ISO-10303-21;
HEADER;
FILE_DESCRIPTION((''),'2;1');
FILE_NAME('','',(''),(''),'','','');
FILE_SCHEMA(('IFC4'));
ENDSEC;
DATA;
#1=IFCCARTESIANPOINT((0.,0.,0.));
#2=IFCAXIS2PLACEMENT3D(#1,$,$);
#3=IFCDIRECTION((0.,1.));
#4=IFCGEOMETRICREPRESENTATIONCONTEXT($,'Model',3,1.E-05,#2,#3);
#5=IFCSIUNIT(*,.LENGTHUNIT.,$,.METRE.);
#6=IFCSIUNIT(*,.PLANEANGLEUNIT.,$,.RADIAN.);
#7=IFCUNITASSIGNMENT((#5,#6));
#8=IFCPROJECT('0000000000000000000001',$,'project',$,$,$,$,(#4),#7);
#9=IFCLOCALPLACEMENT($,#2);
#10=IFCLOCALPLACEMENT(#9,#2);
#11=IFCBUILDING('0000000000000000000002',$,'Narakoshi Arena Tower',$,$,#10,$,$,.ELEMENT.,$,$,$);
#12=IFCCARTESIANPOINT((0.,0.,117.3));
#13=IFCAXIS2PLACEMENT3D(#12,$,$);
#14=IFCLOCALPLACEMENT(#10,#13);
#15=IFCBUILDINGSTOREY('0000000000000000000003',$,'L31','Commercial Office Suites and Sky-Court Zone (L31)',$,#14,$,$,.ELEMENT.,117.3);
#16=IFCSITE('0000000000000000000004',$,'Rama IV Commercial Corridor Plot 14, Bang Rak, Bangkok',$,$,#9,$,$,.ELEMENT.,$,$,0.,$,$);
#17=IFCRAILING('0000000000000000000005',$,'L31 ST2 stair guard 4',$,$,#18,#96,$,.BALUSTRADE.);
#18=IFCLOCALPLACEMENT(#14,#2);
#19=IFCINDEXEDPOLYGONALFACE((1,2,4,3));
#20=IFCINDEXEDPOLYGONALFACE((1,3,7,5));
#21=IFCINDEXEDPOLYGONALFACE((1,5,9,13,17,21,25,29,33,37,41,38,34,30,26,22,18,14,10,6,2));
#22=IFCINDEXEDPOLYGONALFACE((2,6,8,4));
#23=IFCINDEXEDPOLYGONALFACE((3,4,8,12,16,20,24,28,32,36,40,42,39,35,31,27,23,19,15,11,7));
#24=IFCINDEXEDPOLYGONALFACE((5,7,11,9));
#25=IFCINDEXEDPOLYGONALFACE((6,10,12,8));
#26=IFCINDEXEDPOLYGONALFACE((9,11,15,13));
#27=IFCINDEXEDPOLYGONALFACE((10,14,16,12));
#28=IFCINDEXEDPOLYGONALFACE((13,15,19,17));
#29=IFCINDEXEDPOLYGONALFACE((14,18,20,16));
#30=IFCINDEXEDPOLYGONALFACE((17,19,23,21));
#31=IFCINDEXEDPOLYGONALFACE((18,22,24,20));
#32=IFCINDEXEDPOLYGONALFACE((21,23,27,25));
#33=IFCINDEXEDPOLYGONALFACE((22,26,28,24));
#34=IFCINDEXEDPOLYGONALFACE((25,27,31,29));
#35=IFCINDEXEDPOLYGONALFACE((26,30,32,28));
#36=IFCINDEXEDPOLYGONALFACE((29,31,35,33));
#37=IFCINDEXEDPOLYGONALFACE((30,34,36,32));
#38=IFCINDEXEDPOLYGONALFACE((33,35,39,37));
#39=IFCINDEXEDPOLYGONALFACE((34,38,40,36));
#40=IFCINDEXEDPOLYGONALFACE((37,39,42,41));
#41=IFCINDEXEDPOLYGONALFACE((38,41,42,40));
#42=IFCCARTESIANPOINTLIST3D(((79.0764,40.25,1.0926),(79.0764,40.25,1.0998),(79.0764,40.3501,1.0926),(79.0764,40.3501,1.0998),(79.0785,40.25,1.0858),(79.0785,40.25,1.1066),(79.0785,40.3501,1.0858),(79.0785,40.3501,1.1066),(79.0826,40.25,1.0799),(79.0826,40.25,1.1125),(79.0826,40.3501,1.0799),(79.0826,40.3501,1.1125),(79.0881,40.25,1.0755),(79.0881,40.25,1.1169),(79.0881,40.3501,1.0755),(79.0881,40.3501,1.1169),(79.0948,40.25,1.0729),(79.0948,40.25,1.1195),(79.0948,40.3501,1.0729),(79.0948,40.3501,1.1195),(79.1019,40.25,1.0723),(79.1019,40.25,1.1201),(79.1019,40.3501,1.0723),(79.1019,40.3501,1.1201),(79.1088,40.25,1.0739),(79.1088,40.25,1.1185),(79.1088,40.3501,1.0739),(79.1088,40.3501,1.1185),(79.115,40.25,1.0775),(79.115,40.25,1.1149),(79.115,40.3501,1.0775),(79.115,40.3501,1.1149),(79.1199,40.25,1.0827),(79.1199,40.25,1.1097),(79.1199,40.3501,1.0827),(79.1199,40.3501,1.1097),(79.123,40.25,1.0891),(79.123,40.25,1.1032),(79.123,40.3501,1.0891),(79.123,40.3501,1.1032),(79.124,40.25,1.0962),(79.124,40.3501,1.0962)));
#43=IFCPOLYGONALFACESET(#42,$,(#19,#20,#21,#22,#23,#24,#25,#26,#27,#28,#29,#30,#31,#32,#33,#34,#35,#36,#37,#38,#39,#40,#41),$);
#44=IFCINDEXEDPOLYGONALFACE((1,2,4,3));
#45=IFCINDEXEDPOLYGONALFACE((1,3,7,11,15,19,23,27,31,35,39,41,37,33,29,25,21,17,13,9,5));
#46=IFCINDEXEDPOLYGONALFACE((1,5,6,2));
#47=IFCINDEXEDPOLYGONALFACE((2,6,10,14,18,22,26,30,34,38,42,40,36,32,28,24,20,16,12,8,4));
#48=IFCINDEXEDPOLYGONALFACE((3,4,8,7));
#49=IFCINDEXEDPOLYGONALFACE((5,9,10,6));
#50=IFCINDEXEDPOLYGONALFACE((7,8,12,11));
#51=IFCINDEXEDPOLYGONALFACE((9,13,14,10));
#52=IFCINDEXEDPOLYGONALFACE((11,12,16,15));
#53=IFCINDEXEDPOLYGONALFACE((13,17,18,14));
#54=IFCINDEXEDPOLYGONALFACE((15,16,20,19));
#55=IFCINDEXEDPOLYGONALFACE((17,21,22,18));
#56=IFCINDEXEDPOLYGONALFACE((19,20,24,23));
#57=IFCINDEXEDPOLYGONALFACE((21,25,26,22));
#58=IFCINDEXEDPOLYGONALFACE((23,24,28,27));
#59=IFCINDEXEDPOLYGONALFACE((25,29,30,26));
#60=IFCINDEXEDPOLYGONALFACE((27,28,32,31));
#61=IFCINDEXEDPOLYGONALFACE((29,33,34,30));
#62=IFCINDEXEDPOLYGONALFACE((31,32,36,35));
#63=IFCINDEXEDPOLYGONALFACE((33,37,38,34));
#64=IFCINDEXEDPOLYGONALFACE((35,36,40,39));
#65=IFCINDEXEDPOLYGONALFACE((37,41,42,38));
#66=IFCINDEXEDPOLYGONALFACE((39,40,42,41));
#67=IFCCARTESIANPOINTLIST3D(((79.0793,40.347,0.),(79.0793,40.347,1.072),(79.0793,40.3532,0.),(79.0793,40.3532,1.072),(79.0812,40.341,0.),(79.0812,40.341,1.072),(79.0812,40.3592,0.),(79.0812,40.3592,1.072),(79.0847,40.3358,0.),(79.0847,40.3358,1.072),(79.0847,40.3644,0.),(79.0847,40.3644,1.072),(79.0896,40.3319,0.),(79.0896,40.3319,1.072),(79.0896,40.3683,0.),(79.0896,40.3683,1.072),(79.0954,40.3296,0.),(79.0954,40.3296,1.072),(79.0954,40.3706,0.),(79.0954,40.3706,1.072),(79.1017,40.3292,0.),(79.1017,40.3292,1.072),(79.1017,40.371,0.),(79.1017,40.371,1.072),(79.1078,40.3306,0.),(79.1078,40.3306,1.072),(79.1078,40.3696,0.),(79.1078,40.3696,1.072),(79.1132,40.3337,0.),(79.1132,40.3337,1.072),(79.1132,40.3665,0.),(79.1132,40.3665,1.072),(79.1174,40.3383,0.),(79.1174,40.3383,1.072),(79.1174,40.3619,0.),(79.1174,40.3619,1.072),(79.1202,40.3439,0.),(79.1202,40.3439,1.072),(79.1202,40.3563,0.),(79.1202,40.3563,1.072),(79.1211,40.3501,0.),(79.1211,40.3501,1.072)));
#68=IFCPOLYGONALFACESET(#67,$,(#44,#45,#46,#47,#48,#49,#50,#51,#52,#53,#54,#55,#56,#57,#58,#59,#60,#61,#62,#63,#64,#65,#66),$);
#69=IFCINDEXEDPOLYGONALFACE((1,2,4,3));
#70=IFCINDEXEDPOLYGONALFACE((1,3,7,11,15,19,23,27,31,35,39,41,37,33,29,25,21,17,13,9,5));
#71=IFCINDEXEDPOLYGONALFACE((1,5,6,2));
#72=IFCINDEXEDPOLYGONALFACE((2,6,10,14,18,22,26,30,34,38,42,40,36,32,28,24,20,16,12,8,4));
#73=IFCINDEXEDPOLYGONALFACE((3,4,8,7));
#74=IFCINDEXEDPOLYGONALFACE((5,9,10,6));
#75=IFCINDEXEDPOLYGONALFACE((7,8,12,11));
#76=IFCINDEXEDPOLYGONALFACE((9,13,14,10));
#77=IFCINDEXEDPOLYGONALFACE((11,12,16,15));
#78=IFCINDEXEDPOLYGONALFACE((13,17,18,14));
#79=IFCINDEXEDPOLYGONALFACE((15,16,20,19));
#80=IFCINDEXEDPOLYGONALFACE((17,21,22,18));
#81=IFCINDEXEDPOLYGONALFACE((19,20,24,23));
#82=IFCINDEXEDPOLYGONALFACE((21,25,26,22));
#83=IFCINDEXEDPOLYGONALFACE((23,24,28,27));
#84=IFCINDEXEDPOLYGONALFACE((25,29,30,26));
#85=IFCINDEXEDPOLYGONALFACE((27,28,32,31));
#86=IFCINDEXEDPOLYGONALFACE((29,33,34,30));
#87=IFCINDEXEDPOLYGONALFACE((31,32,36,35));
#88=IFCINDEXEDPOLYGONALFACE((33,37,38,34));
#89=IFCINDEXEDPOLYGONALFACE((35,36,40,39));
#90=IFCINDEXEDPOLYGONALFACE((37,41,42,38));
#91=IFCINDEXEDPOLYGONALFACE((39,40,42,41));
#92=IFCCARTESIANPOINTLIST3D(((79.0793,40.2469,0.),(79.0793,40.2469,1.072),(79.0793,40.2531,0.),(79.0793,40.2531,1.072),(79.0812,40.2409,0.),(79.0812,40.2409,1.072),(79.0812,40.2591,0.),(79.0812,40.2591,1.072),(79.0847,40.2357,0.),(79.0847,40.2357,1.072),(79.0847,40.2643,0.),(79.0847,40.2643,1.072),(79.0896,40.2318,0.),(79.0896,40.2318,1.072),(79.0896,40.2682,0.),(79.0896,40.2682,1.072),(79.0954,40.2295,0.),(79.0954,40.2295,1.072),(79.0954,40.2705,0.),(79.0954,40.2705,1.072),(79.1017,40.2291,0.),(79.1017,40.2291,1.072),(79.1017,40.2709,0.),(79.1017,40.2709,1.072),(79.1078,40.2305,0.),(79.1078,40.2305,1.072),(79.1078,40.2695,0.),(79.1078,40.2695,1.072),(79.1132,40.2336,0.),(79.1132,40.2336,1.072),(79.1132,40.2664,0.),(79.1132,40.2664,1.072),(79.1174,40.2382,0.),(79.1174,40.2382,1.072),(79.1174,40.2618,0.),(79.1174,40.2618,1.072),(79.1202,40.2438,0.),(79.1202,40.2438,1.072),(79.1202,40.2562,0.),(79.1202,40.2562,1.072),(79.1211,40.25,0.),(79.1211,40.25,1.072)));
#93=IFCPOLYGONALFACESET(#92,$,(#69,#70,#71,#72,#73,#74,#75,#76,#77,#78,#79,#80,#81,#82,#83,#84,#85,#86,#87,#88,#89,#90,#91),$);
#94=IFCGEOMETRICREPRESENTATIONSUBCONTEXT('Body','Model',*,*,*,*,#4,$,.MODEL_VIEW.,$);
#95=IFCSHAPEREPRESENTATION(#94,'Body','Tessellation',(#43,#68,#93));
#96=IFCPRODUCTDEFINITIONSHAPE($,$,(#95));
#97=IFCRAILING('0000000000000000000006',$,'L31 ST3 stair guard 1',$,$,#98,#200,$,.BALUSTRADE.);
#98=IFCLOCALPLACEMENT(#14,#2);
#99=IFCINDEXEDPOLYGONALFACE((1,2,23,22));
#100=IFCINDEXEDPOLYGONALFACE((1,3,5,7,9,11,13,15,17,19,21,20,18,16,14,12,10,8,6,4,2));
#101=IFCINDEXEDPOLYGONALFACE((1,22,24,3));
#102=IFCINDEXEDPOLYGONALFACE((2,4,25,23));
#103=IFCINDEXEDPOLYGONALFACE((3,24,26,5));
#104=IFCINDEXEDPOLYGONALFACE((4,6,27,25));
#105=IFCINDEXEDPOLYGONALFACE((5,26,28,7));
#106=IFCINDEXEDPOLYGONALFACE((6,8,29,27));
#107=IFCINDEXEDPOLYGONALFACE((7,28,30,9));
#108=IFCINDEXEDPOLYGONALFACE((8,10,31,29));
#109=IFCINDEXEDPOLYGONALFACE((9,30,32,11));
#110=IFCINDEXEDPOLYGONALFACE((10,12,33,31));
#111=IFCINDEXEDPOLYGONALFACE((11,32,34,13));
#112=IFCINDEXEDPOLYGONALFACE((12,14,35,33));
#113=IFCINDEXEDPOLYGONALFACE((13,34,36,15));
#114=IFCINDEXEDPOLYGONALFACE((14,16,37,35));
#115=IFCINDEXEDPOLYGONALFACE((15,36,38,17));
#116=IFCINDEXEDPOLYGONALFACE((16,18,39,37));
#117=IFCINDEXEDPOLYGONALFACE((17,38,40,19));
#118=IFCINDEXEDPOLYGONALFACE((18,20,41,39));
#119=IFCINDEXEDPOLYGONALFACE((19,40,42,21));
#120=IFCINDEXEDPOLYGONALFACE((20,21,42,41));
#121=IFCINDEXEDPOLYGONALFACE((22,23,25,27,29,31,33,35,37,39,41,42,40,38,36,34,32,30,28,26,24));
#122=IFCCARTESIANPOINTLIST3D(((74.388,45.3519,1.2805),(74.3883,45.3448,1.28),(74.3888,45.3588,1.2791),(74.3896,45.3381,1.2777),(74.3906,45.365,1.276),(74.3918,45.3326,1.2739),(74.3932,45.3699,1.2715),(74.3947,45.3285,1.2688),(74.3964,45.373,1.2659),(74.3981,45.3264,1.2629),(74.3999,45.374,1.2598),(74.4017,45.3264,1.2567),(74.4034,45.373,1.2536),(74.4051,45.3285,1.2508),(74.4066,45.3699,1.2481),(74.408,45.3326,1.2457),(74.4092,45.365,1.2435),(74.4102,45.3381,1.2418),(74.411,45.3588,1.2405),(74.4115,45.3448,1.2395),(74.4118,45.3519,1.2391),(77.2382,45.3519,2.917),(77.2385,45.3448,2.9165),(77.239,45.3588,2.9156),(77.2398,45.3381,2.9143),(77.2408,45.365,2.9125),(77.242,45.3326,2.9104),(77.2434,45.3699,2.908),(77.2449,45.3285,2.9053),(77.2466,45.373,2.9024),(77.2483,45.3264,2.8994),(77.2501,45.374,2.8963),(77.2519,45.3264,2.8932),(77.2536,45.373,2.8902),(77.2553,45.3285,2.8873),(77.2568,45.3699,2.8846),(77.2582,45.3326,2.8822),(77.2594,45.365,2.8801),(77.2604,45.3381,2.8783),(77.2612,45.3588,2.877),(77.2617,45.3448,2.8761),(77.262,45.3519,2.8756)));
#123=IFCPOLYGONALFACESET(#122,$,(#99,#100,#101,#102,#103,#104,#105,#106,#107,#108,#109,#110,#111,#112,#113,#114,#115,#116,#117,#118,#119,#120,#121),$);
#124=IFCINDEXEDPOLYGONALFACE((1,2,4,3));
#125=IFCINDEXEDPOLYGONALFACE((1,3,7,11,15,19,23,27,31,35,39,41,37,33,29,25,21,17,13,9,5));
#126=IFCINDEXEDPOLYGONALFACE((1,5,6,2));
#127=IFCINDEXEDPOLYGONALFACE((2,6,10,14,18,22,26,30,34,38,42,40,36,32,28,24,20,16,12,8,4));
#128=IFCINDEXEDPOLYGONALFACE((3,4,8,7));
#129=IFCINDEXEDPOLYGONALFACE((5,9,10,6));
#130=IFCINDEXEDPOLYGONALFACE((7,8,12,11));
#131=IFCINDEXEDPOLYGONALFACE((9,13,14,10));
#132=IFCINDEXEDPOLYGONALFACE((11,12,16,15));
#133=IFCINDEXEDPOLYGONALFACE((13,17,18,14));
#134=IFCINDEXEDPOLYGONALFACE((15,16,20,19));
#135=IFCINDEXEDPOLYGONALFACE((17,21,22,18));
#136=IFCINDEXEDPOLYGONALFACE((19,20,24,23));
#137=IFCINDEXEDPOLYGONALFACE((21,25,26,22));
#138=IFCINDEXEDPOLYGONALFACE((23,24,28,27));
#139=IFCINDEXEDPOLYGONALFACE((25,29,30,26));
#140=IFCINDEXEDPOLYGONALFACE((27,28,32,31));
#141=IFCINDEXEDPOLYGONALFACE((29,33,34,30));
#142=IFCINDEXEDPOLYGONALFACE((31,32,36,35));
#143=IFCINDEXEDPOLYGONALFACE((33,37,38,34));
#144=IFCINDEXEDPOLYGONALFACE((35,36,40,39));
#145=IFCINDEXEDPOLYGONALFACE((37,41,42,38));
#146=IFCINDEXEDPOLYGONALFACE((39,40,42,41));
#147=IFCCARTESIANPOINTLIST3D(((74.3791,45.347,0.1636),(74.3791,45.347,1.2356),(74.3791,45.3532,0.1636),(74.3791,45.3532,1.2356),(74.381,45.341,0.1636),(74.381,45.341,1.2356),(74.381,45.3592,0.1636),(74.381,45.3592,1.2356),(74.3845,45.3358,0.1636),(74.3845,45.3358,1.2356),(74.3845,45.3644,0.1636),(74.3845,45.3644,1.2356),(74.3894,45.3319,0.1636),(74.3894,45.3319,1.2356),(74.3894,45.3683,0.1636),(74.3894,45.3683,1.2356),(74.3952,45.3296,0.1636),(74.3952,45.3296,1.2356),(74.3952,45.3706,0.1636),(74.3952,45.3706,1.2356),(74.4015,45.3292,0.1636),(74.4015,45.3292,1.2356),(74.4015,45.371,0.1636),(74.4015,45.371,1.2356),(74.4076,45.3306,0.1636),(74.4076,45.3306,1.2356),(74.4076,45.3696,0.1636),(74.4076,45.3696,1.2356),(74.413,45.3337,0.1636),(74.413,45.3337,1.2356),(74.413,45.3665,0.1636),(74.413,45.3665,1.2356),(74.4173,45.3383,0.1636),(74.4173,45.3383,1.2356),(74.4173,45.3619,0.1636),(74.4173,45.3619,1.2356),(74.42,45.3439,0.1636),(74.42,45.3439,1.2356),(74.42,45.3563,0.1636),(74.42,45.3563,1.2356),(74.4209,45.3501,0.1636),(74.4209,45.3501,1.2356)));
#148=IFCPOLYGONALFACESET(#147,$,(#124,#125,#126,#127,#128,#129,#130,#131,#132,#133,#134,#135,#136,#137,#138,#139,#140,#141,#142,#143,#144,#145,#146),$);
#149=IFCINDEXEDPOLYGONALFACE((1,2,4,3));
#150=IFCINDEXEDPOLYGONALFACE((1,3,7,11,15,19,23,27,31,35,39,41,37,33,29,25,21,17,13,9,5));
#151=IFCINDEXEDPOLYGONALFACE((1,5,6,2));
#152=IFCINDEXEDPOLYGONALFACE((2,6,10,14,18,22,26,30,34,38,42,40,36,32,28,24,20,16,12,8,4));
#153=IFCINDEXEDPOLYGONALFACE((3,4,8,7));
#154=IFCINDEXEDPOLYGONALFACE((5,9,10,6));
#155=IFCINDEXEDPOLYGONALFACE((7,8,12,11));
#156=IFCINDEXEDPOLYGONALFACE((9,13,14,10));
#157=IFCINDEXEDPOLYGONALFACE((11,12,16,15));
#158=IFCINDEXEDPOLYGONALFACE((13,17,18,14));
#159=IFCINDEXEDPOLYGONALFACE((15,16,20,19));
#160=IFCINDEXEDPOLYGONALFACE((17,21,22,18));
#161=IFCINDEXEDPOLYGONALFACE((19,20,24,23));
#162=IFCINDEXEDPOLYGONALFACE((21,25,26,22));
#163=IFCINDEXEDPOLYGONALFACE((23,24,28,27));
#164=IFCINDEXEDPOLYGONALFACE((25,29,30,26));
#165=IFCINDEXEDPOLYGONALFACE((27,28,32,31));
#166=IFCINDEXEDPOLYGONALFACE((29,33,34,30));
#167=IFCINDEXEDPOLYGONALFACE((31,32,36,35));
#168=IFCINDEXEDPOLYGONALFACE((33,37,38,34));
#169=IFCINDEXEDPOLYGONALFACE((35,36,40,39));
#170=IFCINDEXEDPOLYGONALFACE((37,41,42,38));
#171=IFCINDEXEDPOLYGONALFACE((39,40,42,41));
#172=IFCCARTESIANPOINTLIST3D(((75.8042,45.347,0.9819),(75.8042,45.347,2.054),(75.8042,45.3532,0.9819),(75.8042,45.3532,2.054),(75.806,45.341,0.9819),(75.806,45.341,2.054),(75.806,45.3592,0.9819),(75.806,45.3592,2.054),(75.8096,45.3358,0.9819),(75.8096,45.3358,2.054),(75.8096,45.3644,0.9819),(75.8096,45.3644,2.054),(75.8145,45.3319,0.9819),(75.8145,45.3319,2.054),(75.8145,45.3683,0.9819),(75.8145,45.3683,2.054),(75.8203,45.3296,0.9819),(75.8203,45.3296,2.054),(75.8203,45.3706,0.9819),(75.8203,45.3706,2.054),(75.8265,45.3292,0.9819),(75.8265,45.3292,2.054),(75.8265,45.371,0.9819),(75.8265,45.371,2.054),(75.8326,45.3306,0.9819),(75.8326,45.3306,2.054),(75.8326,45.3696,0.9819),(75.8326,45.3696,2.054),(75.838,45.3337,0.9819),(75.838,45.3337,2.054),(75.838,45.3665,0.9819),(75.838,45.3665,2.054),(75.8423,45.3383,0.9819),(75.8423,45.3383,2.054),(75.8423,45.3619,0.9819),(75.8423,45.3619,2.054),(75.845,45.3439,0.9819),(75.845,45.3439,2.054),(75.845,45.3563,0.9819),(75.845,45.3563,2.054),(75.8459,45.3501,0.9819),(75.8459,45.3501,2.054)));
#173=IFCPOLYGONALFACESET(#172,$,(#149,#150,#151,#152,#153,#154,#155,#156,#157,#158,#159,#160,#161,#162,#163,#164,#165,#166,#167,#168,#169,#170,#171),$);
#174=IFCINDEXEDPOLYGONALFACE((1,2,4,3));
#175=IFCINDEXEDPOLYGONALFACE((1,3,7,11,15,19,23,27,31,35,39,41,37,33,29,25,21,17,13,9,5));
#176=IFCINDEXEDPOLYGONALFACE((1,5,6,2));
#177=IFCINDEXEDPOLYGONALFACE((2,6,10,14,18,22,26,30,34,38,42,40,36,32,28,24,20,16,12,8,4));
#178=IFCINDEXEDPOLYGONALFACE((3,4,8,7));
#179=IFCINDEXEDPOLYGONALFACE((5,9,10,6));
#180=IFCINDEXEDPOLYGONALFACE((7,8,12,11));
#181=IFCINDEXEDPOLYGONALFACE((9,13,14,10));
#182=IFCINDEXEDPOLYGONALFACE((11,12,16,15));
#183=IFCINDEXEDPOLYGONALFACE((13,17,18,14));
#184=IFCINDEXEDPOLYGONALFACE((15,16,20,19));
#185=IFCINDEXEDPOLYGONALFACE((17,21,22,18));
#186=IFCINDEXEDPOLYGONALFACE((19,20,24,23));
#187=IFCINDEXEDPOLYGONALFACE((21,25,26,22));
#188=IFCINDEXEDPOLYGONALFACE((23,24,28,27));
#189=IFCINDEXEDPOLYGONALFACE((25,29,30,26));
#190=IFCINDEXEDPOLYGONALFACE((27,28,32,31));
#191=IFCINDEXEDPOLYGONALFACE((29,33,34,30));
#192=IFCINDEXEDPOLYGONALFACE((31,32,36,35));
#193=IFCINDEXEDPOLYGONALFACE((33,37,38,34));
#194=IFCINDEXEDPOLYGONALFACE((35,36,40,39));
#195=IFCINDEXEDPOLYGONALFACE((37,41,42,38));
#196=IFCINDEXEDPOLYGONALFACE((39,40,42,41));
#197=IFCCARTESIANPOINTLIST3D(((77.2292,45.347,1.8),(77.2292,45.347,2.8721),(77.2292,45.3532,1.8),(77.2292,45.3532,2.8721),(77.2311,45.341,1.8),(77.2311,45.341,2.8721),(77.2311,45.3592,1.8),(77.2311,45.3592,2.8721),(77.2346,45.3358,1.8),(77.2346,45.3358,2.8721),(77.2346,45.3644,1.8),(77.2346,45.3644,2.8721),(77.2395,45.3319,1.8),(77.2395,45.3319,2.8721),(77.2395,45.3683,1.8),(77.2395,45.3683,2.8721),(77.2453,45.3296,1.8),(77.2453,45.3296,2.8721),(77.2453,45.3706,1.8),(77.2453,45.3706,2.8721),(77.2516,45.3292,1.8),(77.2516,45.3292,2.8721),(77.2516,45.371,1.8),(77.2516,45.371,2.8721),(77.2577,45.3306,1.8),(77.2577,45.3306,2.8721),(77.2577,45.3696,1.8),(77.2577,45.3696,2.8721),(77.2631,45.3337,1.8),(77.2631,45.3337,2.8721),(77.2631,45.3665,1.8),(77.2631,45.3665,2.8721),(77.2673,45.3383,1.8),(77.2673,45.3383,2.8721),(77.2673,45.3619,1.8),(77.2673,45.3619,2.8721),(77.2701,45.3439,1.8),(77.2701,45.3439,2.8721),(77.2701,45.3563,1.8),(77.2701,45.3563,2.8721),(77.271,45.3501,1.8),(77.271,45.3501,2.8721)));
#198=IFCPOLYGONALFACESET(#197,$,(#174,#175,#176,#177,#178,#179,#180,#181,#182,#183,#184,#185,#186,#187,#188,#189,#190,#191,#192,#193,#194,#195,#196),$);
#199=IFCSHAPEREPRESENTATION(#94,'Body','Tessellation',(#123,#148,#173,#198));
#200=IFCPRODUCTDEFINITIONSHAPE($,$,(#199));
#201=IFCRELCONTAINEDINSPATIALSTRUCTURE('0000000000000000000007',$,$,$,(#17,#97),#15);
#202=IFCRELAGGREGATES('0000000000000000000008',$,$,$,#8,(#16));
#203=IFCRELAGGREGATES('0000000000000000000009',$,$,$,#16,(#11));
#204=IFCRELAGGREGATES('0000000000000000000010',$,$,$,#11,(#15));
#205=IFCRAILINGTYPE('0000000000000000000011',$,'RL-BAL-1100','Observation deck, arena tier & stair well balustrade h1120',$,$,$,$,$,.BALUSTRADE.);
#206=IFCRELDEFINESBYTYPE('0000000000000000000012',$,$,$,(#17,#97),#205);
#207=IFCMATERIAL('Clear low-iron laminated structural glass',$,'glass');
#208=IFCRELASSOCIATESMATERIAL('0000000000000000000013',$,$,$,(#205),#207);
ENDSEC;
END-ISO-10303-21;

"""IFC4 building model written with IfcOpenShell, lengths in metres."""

from ifc_helpers import new_model, si_unit, direction, frame, origin, origin_2d, place, context, subcontext, project, spatial, circle, extrude, material, type_object, element, save


model = new_model("IFC4")

# Units and contexts
model_context = context("Model", 3, precision=1e-05, world=origin(), true_north=direction((0.0, 1.0)))
body_context = subcontext(model_context, "Body", "Model", "MODEL_VIEW")
ifc_project = project(units=[si_unit("LENGTHUNIT", "METRE"), si_unit("PLANEANGLEUNIT", "RADIAN")], contexts=[model_context])

# Site, building, storey
site_placement = place(None, origin())
site = spatial("IfcSite", under=ifc_project, at=site_placement, Name="Rama IV Commercial Corridor Plot 14, Bang Rak, Bangkok", CompositionType="ELEMENT", RefElevation=0.0)
building_placement = place(site_placement, origin())
building = spatial("IfcBuilding", under=site, at=building_placement, Name="Narakoshi Arena Tower", CompositionType="ELEMENT")
storey_placement = place(building_placement, frame((0.0, 0.0, 117.3)))
storey = spatial("IfcBuildingStorey", under=building, at=storey_placement, Name="L31", Description="Commercial Office Suites and Sky-Court Zone (L31)", CompositionType="ELEMENT", Elevation=117.3)

# Railings
ifc_material_1 = material(Name="Clear low-iron laminated structural glass", Category="glass")
railing_type_1 = type_object("IfcRailingType", Name="RL-BAL-1100", Description="Observation deck, arena tier & stair well balustrade h1120", PredefinedType="BALUSTRADE", material=ifc_material_1)
railing_1_placement = place(storey_placement, frame((79.1001, 40.3501, 0.0)))
element("IfcRailing", 1, at=railing_1_placement, inside=storey, type_object=railing_type_1, Name="L31 ST2 stair guard 4", PredefinedType="BALUSTRADE", context=body_context, shape_type="SweptSolid", body=[
    extrude(circle(Radius=0.0239, at=origin_2d()), frame((0.0, 0.0, 1.0962), z_axis=(0.0, -1.0, 0.0), x_axis=(1.0, 0.0, 0.0)), (0.0, 0.0, 1.0), 0.1001),
    extrude(circle(Radius=0.021, at=origin_2d()), origin(), (0.0, 0.0, 1.0), 1.072),
    extrude(circle(Radius=0.021, at=origin_2d()), frame((0.0, -0.1001, 0.0)), (0.0, 0.0, 1.0), 1.072),
])
railing_2_placement = place(storey_placement, frame((74.3999, 45.3501, 0.1636)))
element("IfcRailing", 2, at=railing_2_placement, inside=storey, type_object=railing_type_1, Name="L31 ST3 stair guard 1", PredefinedType="BALUSTRADE", context=body_context, shape_type="SweptSolid", body=[
    extrude(circle(Radius=0.0239, at=origin_2d()), frame((0.0, 0.0, 1.0962), z_axis=(0.867213, 0.0, 0.497938), x_axis=(0.0, 1.0, 0.0)), (0.0, 0.0, 1.0), 3.2866),
    extrude(circle(Radius=0.021, at=origin_2d()), origin(), (0.0, 0.0, 1.0), 1.072),
    extrude(circle(Radius=0.021, at=origin_2d()), frame((1.425, 0.0, 0.8184)), (0.0, 0.0, 1.0), 1.072),
    extrude(circle(Radius=0.021, at=origin_2d()), frame((2.8501, 0.0, 1.6365)), (0.0, 0.0, 1.0), 1.072),
])

save(model, "model.ifc")
